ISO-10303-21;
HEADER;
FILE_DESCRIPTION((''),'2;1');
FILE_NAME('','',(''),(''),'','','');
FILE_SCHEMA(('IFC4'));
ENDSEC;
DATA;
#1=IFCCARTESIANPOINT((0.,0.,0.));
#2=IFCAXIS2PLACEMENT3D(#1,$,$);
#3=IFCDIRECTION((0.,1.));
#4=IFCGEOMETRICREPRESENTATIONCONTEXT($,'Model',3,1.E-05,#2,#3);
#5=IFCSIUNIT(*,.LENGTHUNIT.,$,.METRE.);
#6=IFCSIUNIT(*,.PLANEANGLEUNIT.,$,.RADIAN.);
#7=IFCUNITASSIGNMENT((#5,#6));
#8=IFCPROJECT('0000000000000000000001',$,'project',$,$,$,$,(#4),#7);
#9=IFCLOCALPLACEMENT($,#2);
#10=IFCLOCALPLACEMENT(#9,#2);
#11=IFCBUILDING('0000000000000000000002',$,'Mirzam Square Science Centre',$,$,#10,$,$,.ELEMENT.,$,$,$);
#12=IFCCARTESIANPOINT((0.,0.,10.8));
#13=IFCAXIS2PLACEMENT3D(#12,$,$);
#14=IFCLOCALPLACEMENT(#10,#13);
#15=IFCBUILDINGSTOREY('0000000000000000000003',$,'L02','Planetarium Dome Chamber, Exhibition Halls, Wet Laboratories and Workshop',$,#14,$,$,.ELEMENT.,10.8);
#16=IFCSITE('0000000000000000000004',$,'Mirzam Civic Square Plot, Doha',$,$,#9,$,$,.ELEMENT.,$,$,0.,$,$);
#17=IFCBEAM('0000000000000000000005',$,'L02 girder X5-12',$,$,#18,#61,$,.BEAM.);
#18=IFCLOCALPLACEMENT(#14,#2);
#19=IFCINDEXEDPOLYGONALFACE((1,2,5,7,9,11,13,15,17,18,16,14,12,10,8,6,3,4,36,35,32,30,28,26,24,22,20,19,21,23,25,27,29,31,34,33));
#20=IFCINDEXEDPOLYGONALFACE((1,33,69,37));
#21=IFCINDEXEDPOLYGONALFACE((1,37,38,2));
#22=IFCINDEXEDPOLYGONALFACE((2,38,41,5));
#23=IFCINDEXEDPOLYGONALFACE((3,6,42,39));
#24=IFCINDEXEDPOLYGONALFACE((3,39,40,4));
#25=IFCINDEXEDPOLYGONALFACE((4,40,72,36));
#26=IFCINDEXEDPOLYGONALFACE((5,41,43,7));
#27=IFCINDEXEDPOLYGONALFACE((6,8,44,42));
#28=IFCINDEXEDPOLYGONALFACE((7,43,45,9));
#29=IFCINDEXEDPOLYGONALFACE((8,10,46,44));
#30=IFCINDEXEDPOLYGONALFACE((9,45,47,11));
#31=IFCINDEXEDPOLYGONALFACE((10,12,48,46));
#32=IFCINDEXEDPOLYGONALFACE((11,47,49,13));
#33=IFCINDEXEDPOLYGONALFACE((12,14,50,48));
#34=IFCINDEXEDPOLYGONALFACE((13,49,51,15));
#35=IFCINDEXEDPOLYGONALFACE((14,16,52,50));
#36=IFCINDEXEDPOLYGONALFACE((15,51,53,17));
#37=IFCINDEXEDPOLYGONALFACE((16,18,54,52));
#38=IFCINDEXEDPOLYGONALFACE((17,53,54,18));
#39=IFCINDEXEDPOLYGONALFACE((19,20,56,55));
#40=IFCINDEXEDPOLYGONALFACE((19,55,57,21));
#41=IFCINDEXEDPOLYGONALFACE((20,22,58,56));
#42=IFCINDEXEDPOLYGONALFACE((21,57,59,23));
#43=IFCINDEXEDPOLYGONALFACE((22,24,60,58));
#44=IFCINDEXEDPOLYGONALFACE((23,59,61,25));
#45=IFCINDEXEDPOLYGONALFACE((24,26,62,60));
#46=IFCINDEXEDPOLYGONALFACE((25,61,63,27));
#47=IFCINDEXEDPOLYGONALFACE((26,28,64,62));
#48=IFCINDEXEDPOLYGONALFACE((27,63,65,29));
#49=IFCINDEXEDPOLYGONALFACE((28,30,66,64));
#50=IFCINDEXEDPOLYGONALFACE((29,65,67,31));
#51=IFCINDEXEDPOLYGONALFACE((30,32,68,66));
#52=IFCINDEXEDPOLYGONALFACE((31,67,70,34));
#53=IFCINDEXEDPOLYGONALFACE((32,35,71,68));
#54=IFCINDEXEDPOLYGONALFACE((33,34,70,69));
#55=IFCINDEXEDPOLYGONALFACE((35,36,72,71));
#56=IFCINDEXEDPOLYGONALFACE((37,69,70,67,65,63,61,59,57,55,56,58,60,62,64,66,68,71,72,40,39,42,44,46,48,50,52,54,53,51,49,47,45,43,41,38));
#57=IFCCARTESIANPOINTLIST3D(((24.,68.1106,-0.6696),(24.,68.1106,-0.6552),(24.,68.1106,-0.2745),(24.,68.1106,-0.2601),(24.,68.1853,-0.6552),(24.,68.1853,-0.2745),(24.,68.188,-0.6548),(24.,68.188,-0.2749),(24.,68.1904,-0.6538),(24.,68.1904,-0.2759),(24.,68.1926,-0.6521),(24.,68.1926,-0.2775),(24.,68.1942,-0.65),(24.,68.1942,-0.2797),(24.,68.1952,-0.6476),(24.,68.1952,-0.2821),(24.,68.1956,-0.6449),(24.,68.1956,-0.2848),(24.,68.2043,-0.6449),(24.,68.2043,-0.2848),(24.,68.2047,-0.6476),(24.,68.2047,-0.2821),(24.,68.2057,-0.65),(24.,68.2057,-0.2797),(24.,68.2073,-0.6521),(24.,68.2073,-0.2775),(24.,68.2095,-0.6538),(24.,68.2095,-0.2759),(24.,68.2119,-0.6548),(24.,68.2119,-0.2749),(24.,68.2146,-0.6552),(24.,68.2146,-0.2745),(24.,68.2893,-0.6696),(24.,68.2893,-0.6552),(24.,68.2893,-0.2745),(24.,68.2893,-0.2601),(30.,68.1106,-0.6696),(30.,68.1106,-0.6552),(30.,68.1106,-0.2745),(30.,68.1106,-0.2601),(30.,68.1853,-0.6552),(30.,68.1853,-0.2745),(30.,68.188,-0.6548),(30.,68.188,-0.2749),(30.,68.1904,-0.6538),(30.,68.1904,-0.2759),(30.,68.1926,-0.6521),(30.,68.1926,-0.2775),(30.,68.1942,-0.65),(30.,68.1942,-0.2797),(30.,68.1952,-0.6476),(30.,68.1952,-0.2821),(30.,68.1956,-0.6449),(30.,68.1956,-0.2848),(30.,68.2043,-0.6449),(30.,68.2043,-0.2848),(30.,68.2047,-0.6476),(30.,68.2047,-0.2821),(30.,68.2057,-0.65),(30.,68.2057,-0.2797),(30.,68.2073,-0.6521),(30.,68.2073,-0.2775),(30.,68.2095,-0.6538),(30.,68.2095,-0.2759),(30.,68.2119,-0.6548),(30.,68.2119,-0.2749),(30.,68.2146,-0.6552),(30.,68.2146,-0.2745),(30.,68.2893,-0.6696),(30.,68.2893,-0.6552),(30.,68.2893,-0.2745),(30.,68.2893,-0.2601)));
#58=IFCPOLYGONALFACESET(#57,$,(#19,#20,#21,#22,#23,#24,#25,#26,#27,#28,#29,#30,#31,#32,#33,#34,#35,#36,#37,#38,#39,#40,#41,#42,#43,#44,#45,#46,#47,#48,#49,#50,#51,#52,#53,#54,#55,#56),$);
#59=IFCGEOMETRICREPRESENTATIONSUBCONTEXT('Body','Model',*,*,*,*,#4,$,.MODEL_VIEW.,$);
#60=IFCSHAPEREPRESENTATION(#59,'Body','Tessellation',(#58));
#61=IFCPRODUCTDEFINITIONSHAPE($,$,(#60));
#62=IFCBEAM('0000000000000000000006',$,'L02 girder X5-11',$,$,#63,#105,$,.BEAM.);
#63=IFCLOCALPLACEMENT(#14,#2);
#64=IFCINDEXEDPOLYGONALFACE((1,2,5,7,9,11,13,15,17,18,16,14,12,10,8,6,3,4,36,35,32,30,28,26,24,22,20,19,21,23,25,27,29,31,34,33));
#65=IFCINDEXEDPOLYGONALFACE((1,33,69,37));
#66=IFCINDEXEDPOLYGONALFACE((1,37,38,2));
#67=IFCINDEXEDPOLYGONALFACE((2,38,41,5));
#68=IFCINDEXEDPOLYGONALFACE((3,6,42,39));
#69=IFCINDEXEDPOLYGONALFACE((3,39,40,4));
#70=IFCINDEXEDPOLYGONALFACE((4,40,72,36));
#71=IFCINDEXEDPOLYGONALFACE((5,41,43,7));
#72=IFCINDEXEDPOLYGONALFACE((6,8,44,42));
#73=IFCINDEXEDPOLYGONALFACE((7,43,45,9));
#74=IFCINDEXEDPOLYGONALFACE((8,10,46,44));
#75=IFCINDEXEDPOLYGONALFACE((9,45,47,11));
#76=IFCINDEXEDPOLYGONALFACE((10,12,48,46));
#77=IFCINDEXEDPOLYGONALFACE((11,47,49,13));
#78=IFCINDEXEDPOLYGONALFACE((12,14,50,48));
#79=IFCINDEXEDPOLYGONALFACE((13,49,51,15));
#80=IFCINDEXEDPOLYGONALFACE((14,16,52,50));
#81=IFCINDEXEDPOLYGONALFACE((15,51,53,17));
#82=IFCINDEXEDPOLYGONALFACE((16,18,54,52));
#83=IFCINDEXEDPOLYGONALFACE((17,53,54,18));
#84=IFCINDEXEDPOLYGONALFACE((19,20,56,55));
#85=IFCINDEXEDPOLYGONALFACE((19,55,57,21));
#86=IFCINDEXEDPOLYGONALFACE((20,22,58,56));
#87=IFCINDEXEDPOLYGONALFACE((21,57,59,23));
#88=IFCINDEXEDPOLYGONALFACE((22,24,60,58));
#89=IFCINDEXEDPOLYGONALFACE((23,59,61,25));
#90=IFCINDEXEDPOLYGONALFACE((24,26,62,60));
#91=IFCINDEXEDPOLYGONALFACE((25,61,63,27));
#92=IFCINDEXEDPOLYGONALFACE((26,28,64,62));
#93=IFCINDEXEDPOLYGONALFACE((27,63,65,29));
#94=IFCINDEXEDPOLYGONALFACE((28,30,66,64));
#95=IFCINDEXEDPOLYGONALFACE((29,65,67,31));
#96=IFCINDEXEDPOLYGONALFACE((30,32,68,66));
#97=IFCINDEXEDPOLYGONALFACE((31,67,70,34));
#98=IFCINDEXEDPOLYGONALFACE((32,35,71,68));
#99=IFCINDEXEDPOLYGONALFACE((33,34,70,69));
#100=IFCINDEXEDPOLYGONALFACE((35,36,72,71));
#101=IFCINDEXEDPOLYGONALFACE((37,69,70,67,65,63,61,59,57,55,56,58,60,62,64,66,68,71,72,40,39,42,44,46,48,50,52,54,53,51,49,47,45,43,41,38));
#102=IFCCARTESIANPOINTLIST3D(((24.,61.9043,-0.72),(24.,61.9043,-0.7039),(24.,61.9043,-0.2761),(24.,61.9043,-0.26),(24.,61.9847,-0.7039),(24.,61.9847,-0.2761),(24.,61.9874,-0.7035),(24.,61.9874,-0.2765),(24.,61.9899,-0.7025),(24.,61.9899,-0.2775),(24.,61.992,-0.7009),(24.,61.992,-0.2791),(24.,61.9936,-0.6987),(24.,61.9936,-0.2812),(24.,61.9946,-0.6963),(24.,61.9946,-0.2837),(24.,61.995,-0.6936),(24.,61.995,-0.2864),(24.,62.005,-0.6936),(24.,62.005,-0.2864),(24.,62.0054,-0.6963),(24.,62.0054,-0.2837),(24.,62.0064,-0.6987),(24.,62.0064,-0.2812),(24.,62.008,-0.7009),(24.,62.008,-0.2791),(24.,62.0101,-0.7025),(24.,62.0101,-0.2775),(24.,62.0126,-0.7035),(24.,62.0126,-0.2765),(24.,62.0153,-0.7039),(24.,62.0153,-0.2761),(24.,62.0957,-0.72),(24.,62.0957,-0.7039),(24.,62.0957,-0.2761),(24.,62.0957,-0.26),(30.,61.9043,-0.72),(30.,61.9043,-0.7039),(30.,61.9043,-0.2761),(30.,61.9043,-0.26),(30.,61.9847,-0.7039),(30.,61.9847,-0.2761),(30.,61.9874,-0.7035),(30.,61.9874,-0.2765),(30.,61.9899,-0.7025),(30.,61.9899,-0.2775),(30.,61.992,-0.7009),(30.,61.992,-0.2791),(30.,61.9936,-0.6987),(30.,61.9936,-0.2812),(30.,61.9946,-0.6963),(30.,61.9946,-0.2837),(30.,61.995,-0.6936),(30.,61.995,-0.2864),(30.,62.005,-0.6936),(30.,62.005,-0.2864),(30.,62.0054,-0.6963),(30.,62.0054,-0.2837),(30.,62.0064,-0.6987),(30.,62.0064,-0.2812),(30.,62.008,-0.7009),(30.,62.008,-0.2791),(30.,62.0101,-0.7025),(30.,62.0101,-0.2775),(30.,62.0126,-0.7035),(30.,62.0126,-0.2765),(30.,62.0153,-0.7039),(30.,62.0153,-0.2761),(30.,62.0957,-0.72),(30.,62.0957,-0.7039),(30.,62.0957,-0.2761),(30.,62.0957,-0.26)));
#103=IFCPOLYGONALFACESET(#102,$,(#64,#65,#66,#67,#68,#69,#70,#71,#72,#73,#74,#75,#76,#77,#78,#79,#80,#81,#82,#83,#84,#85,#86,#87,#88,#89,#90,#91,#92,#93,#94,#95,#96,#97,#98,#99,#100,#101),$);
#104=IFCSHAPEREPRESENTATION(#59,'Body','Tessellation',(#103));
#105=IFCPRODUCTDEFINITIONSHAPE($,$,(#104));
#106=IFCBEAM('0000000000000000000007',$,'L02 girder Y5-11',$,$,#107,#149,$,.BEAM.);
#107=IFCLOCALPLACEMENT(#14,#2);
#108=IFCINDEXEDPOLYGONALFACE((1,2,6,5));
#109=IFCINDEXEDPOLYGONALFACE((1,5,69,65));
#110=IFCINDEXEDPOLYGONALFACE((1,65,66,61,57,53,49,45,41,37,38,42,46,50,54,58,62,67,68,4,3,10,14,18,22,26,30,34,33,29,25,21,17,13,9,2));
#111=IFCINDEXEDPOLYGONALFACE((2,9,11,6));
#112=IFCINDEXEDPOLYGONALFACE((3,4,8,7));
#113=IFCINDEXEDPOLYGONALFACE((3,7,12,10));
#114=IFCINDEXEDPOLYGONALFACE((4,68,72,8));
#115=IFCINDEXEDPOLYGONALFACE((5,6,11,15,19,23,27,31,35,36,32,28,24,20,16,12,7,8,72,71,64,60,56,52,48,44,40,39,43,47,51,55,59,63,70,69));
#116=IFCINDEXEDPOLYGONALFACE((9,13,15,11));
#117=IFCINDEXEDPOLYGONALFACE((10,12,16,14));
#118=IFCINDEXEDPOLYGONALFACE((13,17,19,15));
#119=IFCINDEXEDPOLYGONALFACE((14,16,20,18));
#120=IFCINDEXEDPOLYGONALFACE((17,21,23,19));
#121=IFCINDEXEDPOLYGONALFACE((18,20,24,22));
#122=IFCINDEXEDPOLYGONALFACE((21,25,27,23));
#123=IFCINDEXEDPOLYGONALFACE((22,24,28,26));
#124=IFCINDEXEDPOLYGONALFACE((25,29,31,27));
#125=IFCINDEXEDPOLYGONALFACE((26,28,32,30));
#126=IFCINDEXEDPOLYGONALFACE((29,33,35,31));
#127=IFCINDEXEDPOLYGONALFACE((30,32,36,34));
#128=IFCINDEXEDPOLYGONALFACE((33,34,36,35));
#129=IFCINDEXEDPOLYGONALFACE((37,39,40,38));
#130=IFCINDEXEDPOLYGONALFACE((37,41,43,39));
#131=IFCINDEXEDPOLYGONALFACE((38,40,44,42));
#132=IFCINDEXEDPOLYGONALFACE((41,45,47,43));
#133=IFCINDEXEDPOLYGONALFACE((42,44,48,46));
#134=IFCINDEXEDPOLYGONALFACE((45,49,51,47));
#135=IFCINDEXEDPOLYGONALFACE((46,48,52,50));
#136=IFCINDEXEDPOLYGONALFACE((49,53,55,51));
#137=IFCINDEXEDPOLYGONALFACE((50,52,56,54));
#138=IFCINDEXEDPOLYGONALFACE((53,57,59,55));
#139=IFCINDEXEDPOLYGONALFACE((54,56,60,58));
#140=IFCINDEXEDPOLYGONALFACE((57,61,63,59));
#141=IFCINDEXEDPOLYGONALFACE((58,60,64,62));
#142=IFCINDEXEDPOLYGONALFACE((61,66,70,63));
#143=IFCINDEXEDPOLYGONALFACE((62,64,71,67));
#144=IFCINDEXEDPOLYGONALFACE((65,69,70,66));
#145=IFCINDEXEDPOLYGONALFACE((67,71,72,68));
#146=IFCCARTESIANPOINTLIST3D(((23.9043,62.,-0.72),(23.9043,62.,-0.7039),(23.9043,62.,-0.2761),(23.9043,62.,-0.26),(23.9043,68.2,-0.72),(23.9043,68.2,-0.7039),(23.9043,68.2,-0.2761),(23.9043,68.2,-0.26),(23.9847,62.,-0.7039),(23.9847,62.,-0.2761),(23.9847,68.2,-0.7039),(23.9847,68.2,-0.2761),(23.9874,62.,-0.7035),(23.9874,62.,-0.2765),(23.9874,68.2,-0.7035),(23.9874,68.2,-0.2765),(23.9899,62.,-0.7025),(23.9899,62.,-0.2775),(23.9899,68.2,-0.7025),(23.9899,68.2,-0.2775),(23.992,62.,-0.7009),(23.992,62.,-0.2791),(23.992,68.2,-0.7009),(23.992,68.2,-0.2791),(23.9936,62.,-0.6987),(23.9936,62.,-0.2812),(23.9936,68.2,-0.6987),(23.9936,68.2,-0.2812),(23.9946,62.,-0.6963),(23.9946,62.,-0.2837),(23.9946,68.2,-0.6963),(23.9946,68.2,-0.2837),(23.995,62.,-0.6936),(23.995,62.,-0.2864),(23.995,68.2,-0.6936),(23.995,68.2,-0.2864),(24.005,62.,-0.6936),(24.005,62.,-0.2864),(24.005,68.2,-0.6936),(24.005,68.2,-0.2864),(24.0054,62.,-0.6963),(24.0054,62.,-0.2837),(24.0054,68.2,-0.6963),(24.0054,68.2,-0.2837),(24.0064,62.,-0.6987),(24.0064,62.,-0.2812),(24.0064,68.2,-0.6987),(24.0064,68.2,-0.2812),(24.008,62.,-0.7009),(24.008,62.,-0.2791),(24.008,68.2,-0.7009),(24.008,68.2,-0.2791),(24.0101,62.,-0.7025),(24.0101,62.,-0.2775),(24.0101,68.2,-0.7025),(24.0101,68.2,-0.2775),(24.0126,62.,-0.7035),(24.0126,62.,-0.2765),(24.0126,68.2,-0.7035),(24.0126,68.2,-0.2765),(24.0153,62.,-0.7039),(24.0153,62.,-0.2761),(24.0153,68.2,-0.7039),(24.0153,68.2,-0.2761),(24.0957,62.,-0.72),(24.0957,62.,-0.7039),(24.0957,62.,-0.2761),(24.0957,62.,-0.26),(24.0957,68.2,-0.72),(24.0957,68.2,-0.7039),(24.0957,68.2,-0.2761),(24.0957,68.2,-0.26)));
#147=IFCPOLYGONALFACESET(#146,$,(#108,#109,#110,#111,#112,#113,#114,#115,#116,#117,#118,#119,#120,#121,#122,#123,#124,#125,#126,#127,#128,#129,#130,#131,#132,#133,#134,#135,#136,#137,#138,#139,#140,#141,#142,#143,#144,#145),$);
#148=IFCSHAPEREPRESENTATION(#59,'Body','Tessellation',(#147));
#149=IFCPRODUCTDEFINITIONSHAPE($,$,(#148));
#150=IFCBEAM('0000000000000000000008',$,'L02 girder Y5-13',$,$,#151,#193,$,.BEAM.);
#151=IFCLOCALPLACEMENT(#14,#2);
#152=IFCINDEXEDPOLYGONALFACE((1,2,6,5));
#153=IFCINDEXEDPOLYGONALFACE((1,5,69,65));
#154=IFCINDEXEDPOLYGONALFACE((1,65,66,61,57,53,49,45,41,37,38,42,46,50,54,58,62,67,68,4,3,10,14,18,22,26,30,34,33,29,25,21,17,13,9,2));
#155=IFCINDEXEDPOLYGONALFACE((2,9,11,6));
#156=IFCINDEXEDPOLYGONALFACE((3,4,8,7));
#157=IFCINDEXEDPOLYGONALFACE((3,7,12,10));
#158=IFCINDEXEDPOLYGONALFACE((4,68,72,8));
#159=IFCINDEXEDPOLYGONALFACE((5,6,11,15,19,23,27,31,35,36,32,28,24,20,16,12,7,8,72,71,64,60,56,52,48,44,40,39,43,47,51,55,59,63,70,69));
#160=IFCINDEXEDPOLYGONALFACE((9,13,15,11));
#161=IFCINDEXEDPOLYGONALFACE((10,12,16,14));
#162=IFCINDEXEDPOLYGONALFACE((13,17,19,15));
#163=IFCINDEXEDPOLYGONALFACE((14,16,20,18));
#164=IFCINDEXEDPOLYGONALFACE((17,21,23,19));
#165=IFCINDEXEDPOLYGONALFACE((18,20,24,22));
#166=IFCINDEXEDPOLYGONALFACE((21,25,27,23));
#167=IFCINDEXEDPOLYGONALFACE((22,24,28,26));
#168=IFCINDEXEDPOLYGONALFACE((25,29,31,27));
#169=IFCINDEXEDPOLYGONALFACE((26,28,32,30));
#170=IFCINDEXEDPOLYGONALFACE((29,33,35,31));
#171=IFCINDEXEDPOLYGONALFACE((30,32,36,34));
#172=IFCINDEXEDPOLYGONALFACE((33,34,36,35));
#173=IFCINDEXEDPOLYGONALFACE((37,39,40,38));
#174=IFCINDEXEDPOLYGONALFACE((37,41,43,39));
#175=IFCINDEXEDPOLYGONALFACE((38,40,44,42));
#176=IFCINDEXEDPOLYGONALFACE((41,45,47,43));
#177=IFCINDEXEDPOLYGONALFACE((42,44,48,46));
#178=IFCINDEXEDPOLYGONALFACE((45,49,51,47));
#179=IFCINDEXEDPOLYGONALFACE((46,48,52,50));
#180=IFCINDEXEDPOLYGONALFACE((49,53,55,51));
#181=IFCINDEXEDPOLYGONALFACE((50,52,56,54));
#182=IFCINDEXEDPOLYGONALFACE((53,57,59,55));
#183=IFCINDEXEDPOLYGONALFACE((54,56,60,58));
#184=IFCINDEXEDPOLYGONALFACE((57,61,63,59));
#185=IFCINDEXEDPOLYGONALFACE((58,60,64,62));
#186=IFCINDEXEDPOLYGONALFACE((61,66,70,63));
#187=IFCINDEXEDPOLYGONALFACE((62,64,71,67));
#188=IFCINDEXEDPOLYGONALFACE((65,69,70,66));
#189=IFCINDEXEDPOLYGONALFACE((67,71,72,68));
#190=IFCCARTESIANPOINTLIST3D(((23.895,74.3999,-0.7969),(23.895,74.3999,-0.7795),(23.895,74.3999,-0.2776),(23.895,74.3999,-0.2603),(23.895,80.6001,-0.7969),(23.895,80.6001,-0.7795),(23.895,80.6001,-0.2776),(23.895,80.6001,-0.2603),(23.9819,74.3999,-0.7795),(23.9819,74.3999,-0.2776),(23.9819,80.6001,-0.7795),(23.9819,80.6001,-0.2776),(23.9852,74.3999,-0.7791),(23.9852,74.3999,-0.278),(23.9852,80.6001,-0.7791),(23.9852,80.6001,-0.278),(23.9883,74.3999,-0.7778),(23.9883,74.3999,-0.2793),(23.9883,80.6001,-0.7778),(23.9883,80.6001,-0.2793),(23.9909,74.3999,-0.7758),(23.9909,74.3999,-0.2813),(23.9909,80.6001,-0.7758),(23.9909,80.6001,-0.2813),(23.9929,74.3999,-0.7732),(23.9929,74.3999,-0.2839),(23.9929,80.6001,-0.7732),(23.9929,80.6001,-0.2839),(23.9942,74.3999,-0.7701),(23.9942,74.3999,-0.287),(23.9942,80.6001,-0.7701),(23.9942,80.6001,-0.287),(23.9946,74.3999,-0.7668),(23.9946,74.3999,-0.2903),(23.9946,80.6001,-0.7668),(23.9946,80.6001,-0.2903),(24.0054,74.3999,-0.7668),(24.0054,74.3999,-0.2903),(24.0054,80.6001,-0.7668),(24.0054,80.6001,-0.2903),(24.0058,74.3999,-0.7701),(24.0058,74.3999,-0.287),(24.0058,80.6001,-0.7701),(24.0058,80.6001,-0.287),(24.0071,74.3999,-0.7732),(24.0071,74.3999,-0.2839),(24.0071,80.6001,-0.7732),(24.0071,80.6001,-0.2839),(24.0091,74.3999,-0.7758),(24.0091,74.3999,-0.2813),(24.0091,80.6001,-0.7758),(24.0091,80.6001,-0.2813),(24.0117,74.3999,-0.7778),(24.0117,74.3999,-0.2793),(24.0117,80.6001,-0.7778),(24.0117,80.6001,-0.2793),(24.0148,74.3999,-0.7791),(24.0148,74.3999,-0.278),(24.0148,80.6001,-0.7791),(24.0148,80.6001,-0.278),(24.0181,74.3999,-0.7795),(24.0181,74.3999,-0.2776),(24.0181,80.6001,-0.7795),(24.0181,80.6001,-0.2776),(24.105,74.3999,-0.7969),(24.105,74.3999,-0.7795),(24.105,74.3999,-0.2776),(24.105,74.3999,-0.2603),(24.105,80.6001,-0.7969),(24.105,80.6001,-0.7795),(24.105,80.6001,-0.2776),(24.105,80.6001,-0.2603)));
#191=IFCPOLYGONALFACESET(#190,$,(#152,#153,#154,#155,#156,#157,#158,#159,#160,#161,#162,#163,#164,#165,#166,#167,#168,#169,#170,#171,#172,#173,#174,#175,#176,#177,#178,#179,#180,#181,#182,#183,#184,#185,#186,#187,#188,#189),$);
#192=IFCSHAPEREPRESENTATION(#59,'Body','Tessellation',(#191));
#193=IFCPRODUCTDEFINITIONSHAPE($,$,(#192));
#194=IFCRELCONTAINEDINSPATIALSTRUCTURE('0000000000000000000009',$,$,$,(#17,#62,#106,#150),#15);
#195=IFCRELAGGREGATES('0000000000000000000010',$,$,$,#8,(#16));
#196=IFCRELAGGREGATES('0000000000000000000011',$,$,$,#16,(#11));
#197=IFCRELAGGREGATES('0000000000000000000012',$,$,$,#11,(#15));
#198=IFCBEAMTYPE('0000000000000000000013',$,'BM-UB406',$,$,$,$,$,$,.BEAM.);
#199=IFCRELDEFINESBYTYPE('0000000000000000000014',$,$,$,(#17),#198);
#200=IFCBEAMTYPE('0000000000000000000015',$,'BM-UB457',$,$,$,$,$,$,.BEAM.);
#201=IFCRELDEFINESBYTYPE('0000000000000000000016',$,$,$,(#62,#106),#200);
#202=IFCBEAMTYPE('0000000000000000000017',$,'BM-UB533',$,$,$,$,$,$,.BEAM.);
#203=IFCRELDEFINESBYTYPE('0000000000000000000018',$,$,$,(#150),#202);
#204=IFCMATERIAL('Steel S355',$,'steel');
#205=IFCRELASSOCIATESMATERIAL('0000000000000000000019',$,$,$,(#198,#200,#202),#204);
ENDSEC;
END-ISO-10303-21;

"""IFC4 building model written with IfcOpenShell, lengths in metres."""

from ifc_helpers import new_model, si_unit, direction, frame, origin, origin_2d, place, context, subcontext, project, spatial, i_section, extrude, material, material_profile, profile_set, type_object, element, save


model = new_model("IFC4")

# Units and contexts
model_context = context("Model", 3, precision=1e-05, world=origin(), true_north=direction((0.0, 1.0)))
body_context = subcontext(model_context, "Body", "Model", "MODEL_VIEW")
ifc_project = project(units=[si_unit("LENGTHUNIT", "METRE"), si_unit("PLANEANGLEUNIT", "RADIAN")], contexts=[model_context])

# Site, building, storey
site_placement = place(None, origin())
site = spatial("IfcSite", under=ifc_project, at=site_placement, Name="Mirzam Civic Square Plot, Doha", CompositionType="ELEMENT", RefElevation=0.0)
building_placement = place(site_placement, origin())
building = spatial("IfcBuilding", under=site, at=building_placement, Name="Mirzam Square Science Centre", CompositionType="ELEMENT")
storey_placement = place(building_placement, frame((0.0, 0.0, 10.8)))
storey = spatial("IfcBuildingStorey", under=building, at=storey_placement, Name="L02", Description="Planetarium Dome Chamber, Exhibition Halls, Wet Laboratories and Workshop", CompositionType="ELEMENT", Elevation=10.8)

# Shared definitions
ifc_material_1 = material(Name="Steel S355", Category="steel")

# Beams
ifc_material_profile_1 = material_profile(ifc_material_1, i_section(OverallWidth=0.1787, OverallDepth=0.4094, WebThickness=0.0088, FlangeThickness=0.0144, FilletRadius=0.0103, at=origin_2d()), Name="406x178x67UB")
ifc_profile_set_1 = profile_set([ifc_material_profile_1], Name="Steel S355")
beam_type_1 = type_object("IfcBeamType", Name="BM-UB406", PredefinedType="BEAM", material=ifc_profile_set_1)
beam_1_placement = place(storey_placement, frame((24.0, 68.2, -0.4648), z_axis=(1.0, 0.0, 0.0), x_axis=(0.0, 1.0, 0.0)))
element("IfcBeam", 1, at=beam_1_placement, inside=storey, type_object=beam_type_1, Name="L02 girder X5-12", PredefinedType="BEAM", context=body_context, shape_type="SweptSolid", body=[
    extrude(i_section(OverallWidth=0.1787, OverallDepth=0.4094, WebThickness=0.0088, FlangeThickness=0.0144, FilletRadius=0.0103, at=origin_2d()), origin(), (0.0, 0.0, 1.0), 6.0),
])
ifc_material_profile_2 = material_profile(ifc_material_1, i_section(OverallWidth=0.1914, OverallDepth=0.46, WebThickness=0.01, FlangeThickness=0.0161, FilletRadius=0.0103, at=origin_2d()), Name="457x191x82UB")
ifc_profile_set_2 = profile_set([ifc_material_profile_2], Name="Steel S355")
beam_type_2 = type_object("IfcBeamType", Name="BM-UB457", PredefinedType="BEAM", material=ifc_profile_set_2)
beam_2_placement = place(storey_placement, frame((24.0, 62.0, -0.49), z_axis=(1.0, 0.0, 0.0), x_axis=(0.0, 1.0, 0.0)))
element("IfcBeam", 2, at=beam_2_placement, inside=storey, type_object=beam_type_2, Name="L02 girder X5-11", PredefinedType="BEAM", context=body_context, shape_type="SweptSolid", body=[
    extrude(i_section(OverallWidth=0.1914, OverallDepth=0.46, WebThickness=0.01, FlangeThickness=0.0161, FilletRadius=0.0103, at=origin_2d()), origin(), (0.0, 0.0, 1.0), 6.0),
])
beam_3_placement = place(storey_placement, frame((24.0, 62.0, -0.49), z_axis=(0.0, 1.0, 0.0), x_axis=(-1.0, 0.0, 0.0)))
element("IfcBeam", 3, at=beam_3_placement, inside=storey, type_object=beam_type_2, Name="L02 girder Y5-11", PredefinedType="BEAM", context=body_context, shape_type="SweptSolid", body=[
    extrude(i_section(OverallWidth=0.1914, OverallDepth=0.46, WebThickness=0.01, FlangeThickness=0.0161, FilletRadius=0.0103, at=origin_2d()), origin(), (0.0, 0.0, 1.0), 6.2),
])
ifc_material_profile_3 = material_profile(ifc_material_1, i_section(OverallWidth=0.21, OverallDepth=0.5366, WebThickness=0.0107, FlangeThickness=0.0173, FilletRadius=0.0127, at=origin_2d()), Name="533x210x101UB")
ifc_profile_set_3 = profile_set([ifc_material_profile_3], Name="Steel S355")
beam_type_3 = type_object("IfcBeamType", Name="BM-UB533", PredefinedType="BEAM", material=ifc_profile_set_3)
beam_4_placement = place(storey_placement, frame((24.0, 74.3999, -0.5286), z_axis=(0.0, 1.0, 0.0), x_axis=(-1.0, 0.0, 0.0)))
element("IfcBeam", 4, at=beam_4_placement, inside=storey, type_object=beam_type_3, Name="L02 girder Y5-13", PredefinedType="BEAM", context=body_context, shape_type="SweptSolid", body=[
    extrude(i_section(OverallWidth=0.21, OverallDepth=0.5366, WebThickness=0.0107, FlangeThickness=0.0173, FilletRadius=0.0127, at=origin_2d()), origin(), (0.0, 0.0, 1.0), 6.2002),
])

save(model, "model.ifc")
